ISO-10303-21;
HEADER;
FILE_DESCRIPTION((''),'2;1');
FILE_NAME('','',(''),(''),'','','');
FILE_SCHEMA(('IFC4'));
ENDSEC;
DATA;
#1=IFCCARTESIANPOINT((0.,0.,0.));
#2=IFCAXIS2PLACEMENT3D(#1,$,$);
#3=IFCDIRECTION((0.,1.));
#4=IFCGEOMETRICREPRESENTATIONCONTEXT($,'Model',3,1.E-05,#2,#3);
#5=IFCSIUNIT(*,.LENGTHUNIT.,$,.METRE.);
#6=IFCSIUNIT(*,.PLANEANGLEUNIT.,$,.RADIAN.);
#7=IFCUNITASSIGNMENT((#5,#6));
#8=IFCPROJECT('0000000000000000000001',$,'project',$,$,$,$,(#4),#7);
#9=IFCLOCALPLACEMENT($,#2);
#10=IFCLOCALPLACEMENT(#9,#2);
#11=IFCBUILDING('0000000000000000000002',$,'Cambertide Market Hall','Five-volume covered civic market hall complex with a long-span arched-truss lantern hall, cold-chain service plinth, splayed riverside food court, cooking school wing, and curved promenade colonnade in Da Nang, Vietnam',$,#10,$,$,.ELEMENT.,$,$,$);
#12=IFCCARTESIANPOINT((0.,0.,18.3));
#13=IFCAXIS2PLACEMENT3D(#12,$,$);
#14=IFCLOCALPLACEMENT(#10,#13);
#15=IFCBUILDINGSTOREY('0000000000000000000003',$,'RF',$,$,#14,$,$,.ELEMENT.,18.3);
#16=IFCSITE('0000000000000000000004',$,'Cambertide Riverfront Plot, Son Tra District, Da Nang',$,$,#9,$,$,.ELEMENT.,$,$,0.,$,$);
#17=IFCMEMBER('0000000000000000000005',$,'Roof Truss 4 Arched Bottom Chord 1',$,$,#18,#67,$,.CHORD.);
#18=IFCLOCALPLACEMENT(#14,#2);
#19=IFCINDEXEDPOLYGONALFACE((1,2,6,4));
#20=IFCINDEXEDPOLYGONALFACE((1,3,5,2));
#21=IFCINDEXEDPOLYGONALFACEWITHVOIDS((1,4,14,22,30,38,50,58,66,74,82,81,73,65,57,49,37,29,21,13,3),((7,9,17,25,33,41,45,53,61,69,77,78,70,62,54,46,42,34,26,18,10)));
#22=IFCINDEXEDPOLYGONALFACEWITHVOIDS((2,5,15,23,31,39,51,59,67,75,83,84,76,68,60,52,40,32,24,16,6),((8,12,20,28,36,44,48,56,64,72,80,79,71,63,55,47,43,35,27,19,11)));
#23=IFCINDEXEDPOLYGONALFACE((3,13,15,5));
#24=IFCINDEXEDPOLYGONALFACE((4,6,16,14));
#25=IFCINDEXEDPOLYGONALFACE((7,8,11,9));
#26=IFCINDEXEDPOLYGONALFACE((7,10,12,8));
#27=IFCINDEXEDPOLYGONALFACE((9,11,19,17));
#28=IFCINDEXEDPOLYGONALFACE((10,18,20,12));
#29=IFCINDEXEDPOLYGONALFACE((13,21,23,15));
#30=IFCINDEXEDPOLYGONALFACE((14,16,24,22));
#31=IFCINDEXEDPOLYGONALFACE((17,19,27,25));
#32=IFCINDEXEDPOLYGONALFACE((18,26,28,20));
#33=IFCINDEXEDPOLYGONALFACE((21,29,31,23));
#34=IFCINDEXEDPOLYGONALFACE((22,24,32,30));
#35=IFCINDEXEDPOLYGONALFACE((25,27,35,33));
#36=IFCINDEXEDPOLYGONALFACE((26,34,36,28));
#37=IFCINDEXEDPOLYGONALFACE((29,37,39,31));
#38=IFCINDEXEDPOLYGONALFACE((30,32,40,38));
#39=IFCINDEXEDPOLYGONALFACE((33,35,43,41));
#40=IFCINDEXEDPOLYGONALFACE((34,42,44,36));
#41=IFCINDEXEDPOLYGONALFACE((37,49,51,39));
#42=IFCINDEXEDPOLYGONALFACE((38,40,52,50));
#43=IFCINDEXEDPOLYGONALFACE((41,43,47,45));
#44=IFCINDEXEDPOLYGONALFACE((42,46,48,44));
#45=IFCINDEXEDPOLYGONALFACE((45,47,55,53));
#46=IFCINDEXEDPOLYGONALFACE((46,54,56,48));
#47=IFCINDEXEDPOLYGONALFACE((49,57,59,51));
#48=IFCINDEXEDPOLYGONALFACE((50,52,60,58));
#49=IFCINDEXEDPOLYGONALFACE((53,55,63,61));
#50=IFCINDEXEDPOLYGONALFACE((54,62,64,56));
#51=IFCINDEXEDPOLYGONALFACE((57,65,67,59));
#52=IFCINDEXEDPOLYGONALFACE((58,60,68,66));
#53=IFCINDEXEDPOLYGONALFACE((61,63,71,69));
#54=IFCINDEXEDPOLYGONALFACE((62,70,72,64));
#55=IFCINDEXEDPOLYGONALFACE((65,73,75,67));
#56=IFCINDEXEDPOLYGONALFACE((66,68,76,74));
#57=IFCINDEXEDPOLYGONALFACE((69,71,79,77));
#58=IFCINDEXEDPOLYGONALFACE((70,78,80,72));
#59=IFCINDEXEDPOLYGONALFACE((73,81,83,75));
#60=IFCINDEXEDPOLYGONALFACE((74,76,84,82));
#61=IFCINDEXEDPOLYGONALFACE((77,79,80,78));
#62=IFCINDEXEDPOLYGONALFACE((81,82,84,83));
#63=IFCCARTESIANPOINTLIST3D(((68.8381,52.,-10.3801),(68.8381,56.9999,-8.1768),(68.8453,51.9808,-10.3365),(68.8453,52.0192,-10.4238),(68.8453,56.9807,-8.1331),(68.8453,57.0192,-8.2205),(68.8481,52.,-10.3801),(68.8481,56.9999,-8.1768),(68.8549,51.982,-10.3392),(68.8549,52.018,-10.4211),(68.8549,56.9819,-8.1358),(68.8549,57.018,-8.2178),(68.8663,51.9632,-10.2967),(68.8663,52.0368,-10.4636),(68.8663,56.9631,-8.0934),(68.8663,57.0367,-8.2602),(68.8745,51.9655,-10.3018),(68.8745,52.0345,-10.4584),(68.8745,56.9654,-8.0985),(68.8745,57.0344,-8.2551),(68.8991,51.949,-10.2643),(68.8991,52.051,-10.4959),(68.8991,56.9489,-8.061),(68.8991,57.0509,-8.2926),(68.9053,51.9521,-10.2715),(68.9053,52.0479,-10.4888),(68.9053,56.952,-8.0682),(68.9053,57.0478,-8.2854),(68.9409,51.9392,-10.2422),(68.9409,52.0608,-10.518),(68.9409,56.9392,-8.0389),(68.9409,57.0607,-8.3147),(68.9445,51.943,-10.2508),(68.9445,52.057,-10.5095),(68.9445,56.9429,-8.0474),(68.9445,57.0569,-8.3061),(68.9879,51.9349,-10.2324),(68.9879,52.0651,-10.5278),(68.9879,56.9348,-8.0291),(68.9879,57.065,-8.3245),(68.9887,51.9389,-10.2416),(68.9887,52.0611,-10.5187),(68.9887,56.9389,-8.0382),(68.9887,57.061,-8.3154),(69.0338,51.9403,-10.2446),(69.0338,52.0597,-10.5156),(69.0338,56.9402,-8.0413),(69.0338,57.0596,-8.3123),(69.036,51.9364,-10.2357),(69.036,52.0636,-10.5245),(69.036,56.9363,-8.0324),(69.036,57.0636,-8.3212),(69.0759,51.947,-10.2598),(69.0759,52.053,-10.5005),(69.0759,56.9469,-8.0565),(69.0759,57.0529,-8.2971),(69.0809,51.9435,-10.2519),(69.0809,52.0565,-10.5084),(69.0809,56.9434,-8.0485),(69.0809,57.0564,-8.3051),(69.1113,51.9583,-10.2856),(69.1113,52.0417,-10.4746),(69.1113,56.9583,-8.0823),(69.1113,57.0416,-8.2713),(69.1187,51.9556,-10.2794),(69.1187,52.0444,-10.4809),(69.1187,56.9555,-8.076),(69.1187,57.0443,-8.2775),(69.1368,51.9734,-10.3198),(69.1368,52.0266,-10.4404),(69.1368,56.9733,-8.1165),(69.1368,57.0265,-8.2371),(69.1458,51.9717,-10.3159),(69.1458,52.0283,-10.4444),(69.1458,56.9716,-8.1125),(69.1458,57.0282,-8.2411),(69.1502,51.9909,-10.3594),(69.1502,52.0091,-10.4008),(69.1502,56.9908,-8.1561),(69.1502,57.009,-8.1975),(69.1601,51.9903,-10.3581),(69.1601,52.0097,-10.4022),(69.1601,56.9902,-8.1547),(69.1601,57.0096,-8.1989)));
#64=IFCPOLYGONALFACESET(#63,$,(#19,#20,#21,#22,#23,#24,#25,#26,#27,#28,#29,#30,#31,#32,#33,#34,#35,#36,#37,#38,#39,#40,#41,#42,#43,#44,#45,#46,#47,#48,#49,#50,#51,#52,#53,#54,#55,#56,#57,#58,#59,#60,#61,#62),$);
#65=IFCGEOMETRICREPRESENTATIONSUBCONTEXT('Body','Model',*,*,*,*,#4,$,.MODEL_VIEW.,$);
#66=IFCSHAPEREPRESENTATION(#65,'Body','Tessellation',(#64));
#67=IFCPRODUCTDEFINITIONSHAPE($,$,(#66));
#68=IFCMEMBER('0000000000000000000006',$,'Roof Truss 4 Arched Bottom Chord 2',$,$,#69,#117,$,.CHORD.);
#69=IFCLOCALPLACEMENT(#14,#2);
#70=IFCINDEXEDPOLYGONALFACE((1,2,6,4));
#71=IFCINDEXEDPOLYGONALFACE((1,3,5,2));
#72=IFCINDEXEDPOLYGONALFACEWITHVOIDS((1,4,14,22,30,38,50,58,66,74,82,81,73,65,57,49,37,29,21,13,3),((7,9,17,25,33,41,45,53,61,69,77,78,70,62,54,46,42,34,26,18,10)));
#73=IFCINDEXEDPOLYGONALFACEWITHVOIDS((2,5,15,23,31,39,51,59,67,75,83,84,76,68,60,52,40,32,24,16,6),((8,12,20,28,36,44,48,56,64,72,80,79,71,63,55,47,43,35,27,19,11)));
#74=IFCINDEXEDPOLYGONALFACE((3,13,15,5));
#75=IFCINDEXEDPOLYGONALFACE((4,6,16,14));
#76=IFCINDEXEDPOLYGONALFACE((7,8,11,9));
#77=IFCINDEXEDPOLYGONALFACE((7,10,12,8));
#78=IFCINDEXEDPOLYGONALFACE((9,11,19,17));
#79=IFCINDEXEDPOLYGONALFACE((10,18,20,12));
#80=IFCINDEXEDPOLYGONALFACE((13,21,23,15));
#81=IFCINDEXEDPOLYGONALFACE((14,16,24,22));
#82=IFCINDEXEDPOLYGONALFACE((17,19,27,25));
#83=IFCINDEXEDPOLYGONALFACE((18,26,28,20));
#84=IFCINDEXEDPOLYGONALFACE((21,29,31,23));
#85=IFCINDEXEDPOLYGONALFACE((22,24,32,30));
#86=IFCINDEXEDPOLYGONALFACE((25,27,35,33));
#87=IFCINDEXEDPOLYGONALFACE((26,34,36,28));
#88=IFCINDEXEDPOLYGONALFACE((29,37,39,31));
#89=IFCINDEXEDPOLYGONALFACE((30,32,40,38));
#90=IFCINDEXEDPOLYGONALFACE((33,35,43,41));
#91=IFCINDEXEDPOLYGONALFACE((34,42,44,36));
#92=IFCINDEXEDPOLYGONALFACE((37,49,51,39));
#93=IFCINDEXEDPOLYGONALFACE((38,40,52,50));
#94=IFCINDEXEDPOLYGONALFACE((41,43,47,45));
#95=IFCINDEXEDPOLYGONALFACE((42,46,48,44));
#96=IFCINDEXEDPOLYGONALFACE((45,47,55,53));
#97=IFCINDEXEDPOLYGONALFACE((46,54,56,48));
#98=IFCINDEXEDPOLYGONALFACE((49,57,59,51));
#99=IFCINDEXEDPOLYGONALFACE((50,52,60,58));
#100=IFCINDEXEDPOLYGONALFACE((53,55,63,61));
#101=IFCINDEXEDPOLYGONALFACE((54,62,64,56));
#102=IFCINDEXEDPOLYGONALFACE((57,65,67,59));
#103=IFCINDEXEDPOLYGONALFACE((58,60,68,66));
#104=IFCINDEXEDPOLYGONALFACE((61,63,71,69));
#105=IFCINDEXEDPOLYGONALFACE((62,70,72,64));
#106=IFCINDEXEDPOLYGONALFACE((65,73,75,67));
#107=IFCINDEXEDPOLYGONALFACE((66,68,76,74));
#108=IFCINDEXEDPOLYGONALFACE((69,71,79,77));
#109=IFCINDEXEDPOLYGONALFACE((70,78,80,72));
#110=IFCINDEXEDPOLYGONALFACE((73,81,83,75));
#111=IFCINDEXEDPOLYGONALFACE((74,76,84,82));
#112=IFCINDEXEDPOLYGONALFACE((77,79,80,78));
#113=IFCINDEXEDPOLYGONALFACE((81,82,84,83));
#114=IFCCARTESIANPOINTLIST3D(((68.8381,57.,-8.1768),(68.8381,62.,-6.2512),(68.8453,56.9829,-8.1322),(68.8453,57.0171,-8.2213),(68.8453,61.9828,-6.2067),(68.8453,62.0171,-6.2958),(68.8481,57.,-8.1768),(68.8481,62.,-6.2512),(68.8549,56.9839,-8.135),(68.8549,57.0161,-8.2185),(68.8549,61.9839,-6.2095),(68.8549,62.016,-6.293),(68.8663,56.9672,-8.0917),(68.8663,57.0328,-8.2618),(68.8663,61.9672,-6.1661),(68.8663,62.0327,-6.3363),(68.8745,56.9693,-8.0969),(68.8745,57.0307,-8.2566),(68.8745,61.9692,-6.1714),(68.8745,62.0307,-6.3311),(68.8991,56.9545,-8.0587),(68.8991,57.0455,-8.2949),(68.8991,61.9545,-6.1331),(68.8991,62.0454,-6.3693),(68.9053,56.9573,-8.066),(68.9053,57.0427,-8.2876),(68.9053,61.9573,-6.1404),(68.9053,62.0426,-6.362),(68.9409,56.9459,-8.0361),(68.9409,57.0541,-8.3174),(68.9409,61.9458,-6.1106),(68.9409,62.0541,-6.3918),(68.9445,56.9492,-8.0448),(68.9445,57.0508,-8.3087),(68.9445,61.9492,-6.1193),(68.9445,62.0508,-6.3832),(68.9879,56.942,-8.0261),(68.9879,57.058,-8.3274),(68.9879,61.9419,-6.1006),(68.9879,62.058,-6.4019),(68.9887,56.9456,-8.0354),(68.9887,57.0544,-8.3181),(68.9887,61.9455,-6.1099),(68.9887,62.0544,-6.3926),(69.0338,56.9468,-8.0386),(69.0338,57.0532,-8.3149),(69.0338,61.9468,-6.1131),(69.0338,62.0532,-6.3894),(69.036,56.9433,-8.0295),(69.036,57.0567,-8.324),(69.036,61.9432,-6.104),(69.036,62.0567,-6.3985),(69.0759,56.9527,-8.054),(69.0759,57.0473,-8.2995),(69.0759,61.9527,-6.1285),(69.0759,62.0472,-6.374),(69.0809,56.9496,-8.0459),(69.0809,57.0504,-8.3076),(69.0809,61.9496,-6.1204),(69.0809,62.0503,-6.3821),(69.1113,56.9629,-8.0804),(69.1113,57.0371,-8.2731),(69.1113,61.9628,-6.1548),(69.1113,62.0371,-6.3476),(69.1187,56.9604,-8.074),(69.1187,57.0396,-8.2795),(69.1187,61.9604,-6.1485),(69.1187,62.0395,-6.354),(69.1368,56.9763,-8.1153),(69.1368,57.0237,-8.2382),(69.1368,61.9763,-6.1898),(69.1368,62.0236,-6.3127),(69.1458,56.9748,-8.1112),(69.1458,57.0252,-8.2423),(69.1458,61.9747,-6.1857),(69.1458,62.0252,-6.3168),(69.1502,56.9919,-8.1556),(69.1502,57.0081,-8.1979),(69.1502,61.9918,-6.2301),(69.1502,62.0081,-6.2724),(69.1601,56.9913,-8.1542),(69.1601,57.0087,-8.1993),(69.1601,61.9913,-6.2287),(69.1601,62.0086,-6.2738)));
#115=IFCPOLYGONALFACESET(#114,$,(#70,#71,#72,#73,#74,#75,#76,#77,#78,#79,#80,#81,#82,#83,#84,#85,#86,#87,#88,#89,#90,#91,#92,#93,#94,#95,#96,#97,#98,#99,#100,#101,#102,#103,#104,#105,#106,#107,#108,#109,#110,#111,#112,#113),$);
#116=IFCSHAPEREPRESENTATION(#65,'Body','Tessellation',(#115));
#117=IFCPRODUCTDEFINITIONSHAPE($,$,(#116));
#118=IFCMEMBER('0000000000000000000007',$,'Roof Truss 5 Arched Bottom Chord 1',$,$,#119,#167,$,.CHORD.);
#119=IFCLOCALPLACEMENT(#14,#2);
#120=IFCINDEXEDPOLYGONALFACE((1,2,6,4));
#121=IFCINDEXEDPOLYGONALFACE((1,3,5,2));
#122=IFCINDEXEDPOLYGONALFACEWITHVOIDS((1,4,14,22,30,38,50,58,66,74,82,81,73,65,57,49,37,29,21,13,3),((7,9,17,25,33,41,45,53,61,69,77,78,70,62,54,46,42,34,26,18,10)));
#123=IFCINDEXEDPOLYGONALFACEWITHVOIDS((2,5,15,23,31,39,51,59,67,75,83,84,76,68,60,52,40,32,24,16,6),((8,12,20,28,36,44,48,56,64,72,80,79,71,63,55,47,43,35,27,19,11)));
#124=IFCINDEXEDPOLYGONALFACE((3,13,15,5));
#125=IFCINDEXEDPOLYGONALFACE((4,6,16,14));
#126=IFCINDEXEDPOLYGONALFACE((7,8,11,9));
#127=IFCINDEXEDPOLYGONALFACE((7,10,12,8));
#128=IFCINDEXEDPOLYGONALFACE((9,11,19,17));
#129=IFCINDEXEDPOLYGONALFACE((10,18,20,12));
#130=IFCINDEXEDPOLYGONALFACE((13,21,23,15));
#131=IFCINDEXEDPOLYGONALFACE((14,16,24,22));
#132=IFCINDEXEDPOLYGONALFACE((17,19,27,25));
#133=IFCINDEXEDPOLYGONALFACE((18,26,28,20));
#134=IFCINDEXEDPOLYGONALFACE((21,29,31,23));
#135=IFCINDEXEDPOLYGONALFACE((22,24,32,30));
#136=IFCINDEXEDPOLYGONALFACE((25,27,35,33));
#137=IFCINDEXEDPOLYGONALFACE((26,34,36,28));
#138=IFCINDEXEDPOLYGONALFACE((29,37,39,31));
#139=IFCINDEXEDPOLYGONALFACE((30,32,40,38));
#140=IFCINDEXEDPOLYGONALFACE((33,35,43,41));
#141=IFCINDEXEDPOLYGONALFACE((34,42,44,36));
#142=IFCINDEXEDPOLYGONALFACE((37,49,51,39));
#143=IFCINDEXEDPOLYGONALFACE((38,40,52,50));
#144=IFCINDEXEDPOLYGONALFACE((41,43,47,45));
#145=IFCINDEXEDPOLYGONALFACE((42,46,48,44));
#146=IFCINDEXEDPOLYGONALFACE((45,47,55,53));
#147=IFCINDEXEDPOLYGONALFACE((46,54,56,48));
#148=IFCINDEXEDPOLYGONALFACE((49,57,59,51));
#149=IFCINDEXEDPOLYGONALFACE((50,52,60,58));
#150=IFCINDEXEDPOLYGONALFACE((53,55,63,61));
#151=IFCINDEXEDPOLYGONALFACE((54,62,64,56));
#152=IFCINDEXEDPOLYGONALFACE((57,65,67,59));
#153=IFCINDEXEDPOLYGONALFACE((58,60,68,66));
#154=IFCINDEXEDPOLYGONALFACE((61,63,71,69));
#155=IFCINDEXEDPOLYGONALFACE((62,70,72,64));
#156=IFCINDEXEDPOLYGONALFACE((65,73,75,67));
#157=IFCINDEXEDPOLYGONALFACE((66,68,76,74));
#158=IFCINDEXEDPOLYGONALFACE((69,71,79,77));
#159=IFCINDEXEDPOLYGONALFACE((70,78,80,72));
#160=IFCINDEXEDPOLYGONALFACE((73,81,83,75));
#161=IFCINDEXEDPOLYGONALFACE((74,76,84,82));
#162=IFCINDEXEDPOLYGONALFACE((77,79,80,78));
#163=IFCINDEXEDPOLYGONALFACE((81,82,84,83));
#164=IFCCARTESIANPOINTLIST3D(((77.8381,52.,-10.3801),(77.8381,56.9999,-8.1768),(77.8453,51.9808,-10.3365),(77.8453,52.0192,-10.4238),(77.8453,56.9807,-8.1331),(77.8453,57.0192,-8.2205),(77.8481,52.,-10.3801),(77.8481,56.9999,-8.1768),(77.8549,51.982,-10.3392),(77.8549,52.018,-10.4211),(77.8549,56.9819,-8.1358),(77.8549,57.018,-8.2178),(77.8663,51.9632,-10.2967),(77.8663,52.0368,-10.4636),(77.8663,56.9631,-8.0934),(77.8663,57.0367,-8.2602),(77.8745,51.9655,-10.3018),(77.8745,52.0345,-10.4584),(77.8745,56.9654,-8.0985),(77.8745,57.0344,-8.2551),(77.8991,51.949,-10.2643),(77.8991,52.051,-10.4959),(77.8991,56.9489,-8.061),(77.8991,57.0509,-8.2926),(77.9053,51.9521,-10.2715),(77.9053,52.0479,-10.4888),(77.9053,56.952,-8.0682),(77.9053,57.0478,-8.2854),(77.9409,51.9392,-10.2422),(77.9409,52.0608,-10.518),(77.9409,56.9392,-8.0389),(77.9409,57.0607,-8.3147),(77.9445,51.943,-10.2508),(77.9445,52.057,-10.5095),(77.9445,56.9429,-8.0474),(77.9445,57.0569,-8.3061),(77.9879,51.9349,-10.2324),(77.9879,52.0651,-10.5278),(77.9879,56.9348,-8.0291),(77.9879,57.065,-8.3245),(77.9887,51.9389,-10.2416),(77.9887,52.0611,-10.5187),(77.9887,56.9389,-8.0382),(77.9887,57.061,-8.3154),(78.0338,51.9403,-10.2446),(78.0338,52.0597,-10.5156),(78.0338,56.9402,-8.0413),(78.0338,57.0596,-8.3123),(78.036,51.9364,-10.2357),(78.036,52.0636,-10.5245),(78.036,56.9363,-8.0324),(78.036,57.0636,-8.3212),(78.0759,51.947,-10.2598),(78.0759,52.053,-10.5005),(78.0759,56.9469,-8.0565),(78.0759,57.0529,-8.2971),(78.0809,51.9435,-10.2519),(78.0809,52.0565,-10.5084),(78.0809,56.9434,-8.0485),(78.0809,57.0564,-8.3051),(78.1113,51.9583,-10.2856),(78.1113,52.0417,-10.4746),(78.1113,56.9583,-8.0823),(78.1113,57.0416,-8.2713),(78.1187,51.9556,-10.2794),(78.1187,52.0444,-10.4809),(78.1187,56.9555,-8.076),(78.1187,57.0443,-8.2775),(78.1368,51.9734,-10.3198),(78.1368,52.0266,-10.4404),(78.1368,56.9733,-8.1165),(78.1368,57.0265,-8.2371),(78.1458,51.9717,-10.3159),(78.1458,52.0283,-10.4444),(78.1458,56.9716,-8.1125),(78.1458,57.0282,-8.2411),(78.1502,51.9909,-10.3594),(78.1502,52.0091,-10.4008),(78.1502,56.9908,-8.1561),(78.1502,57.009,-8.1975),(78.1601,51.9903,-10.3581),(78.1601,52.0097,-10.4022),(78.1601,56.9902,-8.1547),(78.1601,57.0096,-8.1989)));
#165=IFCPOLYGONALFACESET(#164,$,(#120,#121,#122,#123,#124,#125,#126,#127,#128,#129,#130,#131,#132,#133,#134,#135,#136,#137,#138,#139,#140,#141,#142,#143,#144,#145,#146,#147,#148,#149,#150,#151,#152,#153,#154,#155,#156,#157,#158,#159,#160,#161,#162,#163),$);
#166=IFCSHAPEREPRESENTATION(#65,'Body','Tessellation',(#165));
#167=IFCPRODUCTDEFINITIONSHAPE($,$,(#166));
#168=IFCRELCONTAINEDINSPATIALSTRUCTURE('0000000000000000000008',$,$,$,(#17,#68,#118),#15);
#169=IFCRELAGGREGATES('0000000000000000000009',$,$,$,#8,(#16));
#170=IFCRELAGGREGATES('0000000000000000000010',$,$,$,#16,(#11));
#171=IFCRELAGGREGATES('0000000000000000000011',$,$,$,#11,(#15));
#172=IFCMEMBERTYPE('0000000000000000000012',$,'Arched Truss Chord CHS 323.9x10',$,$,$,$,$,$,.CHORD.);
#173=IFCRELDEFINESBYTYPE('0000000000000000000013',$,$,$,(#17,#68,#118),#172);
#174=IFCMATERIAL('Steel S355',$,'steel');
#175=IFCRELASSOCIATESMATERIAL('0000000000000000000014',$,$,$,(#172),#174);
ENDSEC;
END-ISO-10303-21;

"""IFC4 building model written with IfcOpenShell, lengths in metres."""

from ifc_helpers import new_model, si_unit, direction, frame, origin, origin_2d, place, context, subcontext, project, spatial, hollow_circle, extrude, material, material_profile, profile_set, type_object, element, save


model = new_model("IFC4")

# Units and contexts
model_context = context("Model", 3, precision=1e-05, world=origin(), true_north=direction((0.0, 1.0)))
body_context = subcontext(model_context, "Body", "Model", "MODEL_VIEW")
ifc_project = project(units=[si_unit("LENGTHUNIT", "METRE"), si_unit("PLANEANGLEUNIT", "RADIAN")], contexts=[model_context])

# Site, building, storey
site_placement = place(None, origin())
site = spatial("IfcSite", under=ifc_project, at=site_placement, Name="Cambertide Riverfront Plot, Son Tra District, Da Nang", CompositionType="ELEMENT", RefElevation=0.0)
building_placement = place(site_placement, origin())
building = spatial("IfcBuilding", under=site, at=building_placement, Name="Cambertide Market Hall", Description="Five-volume covered civic market hall complex with a long-span arched-truss lantern hall, cold-chain service plinth, splayed riverside food court, cooking school wing, and curved promenade colonnade in Da Nang, Vietnam", CompositionType="ELEMENT")
storey_placement = place(building_placement, frame((0.0, 0.0, 18.3)))
storey = spatial("IfcBuildingStorey", under=building, at=storey_placement, Name="RF", CompositionType="ELEMENT", Elevation=18.3)

# Members
ifc_material_1 = material(Name="Steel S355", Category="steel")
ifc_material_profile_1 = material_profile(ifc_material_1, hollow_circle(Radius=0.1619, WallThickness=0.01, at=origin_2d()), Name="CHS 323.9x10")
ifc_profile_set_1 = profile_set([ifc_material_profile_1], Name="Steel S355")
member_type_1 = type_object("IfcMemberType", Name="Arched Truss Chord CHS 323.9x10", PredefinedType="CHORD", material=ifc_profile_set_1)
member_1_placement = place(storey_placement, frame((69.0, 52.0, -10.3801), z_axis=(0.0, 0.915088, 0.403255), x_axis=(-1.0, 0.0, 0.0)))
element("IfcMember", 1, at=member_1_placement, inside=storey, type_object=member_type_1, Name="Roof Truss 4 Arched Bottom Chord 1", PredefinedType="CHORD", context=body_context, shape_type="SweptSolid", body=[
    extrude(hollow_circle(Radius=0.1619, WallThickness=0.01, at=origin_2d()), origin(), (0.0, 0.0, 1.0), 5.4639),
])
member_2_placement = place(storey_placement, frame((69.0, 57.0, -8.1768), z_axis=(0.0, 0.933192, 0.359379), x_axis=(-1.0, 0.0, 0.0)))
element("IfcMember", 2, at=member_2_placement, inside=storey, type_object=member_type_1, Name="Roof Truss 4 Arched Bottom Chord 2", PredefinedType="CHORD", context=body_context, shape_type="SweptSolid", body=[
    extrude(hollow_circle(Radius=0.1619, WallThickness=0.01, at=origin_2d()), origin(), (0.0, 0.0, 1.0), 5.3579),
])
member_3_placement = place(storey_placement, frame((78.0, 52.0, -10.3801), z_axis=(0.0, 0.915088, 0.403255), x_axis=(-1.0, 0.0, 0.0)))
element("IfcMember", 3, at=member_3_placement, inside=storey, type_object=member_type_1, Name="Roof Truss 5 Arched Bottom Chord 1", PredefinedType="CHORD", context=body_context, shape_type="SweptSolid", body=[
    extrude(hollow_circle(Radius=0.1619, WallThickness=0.01, at=origin_2d()), origin(), (0.0, 0.0, 1.0), 5.4639),
])

save(model, "model.ifc")
